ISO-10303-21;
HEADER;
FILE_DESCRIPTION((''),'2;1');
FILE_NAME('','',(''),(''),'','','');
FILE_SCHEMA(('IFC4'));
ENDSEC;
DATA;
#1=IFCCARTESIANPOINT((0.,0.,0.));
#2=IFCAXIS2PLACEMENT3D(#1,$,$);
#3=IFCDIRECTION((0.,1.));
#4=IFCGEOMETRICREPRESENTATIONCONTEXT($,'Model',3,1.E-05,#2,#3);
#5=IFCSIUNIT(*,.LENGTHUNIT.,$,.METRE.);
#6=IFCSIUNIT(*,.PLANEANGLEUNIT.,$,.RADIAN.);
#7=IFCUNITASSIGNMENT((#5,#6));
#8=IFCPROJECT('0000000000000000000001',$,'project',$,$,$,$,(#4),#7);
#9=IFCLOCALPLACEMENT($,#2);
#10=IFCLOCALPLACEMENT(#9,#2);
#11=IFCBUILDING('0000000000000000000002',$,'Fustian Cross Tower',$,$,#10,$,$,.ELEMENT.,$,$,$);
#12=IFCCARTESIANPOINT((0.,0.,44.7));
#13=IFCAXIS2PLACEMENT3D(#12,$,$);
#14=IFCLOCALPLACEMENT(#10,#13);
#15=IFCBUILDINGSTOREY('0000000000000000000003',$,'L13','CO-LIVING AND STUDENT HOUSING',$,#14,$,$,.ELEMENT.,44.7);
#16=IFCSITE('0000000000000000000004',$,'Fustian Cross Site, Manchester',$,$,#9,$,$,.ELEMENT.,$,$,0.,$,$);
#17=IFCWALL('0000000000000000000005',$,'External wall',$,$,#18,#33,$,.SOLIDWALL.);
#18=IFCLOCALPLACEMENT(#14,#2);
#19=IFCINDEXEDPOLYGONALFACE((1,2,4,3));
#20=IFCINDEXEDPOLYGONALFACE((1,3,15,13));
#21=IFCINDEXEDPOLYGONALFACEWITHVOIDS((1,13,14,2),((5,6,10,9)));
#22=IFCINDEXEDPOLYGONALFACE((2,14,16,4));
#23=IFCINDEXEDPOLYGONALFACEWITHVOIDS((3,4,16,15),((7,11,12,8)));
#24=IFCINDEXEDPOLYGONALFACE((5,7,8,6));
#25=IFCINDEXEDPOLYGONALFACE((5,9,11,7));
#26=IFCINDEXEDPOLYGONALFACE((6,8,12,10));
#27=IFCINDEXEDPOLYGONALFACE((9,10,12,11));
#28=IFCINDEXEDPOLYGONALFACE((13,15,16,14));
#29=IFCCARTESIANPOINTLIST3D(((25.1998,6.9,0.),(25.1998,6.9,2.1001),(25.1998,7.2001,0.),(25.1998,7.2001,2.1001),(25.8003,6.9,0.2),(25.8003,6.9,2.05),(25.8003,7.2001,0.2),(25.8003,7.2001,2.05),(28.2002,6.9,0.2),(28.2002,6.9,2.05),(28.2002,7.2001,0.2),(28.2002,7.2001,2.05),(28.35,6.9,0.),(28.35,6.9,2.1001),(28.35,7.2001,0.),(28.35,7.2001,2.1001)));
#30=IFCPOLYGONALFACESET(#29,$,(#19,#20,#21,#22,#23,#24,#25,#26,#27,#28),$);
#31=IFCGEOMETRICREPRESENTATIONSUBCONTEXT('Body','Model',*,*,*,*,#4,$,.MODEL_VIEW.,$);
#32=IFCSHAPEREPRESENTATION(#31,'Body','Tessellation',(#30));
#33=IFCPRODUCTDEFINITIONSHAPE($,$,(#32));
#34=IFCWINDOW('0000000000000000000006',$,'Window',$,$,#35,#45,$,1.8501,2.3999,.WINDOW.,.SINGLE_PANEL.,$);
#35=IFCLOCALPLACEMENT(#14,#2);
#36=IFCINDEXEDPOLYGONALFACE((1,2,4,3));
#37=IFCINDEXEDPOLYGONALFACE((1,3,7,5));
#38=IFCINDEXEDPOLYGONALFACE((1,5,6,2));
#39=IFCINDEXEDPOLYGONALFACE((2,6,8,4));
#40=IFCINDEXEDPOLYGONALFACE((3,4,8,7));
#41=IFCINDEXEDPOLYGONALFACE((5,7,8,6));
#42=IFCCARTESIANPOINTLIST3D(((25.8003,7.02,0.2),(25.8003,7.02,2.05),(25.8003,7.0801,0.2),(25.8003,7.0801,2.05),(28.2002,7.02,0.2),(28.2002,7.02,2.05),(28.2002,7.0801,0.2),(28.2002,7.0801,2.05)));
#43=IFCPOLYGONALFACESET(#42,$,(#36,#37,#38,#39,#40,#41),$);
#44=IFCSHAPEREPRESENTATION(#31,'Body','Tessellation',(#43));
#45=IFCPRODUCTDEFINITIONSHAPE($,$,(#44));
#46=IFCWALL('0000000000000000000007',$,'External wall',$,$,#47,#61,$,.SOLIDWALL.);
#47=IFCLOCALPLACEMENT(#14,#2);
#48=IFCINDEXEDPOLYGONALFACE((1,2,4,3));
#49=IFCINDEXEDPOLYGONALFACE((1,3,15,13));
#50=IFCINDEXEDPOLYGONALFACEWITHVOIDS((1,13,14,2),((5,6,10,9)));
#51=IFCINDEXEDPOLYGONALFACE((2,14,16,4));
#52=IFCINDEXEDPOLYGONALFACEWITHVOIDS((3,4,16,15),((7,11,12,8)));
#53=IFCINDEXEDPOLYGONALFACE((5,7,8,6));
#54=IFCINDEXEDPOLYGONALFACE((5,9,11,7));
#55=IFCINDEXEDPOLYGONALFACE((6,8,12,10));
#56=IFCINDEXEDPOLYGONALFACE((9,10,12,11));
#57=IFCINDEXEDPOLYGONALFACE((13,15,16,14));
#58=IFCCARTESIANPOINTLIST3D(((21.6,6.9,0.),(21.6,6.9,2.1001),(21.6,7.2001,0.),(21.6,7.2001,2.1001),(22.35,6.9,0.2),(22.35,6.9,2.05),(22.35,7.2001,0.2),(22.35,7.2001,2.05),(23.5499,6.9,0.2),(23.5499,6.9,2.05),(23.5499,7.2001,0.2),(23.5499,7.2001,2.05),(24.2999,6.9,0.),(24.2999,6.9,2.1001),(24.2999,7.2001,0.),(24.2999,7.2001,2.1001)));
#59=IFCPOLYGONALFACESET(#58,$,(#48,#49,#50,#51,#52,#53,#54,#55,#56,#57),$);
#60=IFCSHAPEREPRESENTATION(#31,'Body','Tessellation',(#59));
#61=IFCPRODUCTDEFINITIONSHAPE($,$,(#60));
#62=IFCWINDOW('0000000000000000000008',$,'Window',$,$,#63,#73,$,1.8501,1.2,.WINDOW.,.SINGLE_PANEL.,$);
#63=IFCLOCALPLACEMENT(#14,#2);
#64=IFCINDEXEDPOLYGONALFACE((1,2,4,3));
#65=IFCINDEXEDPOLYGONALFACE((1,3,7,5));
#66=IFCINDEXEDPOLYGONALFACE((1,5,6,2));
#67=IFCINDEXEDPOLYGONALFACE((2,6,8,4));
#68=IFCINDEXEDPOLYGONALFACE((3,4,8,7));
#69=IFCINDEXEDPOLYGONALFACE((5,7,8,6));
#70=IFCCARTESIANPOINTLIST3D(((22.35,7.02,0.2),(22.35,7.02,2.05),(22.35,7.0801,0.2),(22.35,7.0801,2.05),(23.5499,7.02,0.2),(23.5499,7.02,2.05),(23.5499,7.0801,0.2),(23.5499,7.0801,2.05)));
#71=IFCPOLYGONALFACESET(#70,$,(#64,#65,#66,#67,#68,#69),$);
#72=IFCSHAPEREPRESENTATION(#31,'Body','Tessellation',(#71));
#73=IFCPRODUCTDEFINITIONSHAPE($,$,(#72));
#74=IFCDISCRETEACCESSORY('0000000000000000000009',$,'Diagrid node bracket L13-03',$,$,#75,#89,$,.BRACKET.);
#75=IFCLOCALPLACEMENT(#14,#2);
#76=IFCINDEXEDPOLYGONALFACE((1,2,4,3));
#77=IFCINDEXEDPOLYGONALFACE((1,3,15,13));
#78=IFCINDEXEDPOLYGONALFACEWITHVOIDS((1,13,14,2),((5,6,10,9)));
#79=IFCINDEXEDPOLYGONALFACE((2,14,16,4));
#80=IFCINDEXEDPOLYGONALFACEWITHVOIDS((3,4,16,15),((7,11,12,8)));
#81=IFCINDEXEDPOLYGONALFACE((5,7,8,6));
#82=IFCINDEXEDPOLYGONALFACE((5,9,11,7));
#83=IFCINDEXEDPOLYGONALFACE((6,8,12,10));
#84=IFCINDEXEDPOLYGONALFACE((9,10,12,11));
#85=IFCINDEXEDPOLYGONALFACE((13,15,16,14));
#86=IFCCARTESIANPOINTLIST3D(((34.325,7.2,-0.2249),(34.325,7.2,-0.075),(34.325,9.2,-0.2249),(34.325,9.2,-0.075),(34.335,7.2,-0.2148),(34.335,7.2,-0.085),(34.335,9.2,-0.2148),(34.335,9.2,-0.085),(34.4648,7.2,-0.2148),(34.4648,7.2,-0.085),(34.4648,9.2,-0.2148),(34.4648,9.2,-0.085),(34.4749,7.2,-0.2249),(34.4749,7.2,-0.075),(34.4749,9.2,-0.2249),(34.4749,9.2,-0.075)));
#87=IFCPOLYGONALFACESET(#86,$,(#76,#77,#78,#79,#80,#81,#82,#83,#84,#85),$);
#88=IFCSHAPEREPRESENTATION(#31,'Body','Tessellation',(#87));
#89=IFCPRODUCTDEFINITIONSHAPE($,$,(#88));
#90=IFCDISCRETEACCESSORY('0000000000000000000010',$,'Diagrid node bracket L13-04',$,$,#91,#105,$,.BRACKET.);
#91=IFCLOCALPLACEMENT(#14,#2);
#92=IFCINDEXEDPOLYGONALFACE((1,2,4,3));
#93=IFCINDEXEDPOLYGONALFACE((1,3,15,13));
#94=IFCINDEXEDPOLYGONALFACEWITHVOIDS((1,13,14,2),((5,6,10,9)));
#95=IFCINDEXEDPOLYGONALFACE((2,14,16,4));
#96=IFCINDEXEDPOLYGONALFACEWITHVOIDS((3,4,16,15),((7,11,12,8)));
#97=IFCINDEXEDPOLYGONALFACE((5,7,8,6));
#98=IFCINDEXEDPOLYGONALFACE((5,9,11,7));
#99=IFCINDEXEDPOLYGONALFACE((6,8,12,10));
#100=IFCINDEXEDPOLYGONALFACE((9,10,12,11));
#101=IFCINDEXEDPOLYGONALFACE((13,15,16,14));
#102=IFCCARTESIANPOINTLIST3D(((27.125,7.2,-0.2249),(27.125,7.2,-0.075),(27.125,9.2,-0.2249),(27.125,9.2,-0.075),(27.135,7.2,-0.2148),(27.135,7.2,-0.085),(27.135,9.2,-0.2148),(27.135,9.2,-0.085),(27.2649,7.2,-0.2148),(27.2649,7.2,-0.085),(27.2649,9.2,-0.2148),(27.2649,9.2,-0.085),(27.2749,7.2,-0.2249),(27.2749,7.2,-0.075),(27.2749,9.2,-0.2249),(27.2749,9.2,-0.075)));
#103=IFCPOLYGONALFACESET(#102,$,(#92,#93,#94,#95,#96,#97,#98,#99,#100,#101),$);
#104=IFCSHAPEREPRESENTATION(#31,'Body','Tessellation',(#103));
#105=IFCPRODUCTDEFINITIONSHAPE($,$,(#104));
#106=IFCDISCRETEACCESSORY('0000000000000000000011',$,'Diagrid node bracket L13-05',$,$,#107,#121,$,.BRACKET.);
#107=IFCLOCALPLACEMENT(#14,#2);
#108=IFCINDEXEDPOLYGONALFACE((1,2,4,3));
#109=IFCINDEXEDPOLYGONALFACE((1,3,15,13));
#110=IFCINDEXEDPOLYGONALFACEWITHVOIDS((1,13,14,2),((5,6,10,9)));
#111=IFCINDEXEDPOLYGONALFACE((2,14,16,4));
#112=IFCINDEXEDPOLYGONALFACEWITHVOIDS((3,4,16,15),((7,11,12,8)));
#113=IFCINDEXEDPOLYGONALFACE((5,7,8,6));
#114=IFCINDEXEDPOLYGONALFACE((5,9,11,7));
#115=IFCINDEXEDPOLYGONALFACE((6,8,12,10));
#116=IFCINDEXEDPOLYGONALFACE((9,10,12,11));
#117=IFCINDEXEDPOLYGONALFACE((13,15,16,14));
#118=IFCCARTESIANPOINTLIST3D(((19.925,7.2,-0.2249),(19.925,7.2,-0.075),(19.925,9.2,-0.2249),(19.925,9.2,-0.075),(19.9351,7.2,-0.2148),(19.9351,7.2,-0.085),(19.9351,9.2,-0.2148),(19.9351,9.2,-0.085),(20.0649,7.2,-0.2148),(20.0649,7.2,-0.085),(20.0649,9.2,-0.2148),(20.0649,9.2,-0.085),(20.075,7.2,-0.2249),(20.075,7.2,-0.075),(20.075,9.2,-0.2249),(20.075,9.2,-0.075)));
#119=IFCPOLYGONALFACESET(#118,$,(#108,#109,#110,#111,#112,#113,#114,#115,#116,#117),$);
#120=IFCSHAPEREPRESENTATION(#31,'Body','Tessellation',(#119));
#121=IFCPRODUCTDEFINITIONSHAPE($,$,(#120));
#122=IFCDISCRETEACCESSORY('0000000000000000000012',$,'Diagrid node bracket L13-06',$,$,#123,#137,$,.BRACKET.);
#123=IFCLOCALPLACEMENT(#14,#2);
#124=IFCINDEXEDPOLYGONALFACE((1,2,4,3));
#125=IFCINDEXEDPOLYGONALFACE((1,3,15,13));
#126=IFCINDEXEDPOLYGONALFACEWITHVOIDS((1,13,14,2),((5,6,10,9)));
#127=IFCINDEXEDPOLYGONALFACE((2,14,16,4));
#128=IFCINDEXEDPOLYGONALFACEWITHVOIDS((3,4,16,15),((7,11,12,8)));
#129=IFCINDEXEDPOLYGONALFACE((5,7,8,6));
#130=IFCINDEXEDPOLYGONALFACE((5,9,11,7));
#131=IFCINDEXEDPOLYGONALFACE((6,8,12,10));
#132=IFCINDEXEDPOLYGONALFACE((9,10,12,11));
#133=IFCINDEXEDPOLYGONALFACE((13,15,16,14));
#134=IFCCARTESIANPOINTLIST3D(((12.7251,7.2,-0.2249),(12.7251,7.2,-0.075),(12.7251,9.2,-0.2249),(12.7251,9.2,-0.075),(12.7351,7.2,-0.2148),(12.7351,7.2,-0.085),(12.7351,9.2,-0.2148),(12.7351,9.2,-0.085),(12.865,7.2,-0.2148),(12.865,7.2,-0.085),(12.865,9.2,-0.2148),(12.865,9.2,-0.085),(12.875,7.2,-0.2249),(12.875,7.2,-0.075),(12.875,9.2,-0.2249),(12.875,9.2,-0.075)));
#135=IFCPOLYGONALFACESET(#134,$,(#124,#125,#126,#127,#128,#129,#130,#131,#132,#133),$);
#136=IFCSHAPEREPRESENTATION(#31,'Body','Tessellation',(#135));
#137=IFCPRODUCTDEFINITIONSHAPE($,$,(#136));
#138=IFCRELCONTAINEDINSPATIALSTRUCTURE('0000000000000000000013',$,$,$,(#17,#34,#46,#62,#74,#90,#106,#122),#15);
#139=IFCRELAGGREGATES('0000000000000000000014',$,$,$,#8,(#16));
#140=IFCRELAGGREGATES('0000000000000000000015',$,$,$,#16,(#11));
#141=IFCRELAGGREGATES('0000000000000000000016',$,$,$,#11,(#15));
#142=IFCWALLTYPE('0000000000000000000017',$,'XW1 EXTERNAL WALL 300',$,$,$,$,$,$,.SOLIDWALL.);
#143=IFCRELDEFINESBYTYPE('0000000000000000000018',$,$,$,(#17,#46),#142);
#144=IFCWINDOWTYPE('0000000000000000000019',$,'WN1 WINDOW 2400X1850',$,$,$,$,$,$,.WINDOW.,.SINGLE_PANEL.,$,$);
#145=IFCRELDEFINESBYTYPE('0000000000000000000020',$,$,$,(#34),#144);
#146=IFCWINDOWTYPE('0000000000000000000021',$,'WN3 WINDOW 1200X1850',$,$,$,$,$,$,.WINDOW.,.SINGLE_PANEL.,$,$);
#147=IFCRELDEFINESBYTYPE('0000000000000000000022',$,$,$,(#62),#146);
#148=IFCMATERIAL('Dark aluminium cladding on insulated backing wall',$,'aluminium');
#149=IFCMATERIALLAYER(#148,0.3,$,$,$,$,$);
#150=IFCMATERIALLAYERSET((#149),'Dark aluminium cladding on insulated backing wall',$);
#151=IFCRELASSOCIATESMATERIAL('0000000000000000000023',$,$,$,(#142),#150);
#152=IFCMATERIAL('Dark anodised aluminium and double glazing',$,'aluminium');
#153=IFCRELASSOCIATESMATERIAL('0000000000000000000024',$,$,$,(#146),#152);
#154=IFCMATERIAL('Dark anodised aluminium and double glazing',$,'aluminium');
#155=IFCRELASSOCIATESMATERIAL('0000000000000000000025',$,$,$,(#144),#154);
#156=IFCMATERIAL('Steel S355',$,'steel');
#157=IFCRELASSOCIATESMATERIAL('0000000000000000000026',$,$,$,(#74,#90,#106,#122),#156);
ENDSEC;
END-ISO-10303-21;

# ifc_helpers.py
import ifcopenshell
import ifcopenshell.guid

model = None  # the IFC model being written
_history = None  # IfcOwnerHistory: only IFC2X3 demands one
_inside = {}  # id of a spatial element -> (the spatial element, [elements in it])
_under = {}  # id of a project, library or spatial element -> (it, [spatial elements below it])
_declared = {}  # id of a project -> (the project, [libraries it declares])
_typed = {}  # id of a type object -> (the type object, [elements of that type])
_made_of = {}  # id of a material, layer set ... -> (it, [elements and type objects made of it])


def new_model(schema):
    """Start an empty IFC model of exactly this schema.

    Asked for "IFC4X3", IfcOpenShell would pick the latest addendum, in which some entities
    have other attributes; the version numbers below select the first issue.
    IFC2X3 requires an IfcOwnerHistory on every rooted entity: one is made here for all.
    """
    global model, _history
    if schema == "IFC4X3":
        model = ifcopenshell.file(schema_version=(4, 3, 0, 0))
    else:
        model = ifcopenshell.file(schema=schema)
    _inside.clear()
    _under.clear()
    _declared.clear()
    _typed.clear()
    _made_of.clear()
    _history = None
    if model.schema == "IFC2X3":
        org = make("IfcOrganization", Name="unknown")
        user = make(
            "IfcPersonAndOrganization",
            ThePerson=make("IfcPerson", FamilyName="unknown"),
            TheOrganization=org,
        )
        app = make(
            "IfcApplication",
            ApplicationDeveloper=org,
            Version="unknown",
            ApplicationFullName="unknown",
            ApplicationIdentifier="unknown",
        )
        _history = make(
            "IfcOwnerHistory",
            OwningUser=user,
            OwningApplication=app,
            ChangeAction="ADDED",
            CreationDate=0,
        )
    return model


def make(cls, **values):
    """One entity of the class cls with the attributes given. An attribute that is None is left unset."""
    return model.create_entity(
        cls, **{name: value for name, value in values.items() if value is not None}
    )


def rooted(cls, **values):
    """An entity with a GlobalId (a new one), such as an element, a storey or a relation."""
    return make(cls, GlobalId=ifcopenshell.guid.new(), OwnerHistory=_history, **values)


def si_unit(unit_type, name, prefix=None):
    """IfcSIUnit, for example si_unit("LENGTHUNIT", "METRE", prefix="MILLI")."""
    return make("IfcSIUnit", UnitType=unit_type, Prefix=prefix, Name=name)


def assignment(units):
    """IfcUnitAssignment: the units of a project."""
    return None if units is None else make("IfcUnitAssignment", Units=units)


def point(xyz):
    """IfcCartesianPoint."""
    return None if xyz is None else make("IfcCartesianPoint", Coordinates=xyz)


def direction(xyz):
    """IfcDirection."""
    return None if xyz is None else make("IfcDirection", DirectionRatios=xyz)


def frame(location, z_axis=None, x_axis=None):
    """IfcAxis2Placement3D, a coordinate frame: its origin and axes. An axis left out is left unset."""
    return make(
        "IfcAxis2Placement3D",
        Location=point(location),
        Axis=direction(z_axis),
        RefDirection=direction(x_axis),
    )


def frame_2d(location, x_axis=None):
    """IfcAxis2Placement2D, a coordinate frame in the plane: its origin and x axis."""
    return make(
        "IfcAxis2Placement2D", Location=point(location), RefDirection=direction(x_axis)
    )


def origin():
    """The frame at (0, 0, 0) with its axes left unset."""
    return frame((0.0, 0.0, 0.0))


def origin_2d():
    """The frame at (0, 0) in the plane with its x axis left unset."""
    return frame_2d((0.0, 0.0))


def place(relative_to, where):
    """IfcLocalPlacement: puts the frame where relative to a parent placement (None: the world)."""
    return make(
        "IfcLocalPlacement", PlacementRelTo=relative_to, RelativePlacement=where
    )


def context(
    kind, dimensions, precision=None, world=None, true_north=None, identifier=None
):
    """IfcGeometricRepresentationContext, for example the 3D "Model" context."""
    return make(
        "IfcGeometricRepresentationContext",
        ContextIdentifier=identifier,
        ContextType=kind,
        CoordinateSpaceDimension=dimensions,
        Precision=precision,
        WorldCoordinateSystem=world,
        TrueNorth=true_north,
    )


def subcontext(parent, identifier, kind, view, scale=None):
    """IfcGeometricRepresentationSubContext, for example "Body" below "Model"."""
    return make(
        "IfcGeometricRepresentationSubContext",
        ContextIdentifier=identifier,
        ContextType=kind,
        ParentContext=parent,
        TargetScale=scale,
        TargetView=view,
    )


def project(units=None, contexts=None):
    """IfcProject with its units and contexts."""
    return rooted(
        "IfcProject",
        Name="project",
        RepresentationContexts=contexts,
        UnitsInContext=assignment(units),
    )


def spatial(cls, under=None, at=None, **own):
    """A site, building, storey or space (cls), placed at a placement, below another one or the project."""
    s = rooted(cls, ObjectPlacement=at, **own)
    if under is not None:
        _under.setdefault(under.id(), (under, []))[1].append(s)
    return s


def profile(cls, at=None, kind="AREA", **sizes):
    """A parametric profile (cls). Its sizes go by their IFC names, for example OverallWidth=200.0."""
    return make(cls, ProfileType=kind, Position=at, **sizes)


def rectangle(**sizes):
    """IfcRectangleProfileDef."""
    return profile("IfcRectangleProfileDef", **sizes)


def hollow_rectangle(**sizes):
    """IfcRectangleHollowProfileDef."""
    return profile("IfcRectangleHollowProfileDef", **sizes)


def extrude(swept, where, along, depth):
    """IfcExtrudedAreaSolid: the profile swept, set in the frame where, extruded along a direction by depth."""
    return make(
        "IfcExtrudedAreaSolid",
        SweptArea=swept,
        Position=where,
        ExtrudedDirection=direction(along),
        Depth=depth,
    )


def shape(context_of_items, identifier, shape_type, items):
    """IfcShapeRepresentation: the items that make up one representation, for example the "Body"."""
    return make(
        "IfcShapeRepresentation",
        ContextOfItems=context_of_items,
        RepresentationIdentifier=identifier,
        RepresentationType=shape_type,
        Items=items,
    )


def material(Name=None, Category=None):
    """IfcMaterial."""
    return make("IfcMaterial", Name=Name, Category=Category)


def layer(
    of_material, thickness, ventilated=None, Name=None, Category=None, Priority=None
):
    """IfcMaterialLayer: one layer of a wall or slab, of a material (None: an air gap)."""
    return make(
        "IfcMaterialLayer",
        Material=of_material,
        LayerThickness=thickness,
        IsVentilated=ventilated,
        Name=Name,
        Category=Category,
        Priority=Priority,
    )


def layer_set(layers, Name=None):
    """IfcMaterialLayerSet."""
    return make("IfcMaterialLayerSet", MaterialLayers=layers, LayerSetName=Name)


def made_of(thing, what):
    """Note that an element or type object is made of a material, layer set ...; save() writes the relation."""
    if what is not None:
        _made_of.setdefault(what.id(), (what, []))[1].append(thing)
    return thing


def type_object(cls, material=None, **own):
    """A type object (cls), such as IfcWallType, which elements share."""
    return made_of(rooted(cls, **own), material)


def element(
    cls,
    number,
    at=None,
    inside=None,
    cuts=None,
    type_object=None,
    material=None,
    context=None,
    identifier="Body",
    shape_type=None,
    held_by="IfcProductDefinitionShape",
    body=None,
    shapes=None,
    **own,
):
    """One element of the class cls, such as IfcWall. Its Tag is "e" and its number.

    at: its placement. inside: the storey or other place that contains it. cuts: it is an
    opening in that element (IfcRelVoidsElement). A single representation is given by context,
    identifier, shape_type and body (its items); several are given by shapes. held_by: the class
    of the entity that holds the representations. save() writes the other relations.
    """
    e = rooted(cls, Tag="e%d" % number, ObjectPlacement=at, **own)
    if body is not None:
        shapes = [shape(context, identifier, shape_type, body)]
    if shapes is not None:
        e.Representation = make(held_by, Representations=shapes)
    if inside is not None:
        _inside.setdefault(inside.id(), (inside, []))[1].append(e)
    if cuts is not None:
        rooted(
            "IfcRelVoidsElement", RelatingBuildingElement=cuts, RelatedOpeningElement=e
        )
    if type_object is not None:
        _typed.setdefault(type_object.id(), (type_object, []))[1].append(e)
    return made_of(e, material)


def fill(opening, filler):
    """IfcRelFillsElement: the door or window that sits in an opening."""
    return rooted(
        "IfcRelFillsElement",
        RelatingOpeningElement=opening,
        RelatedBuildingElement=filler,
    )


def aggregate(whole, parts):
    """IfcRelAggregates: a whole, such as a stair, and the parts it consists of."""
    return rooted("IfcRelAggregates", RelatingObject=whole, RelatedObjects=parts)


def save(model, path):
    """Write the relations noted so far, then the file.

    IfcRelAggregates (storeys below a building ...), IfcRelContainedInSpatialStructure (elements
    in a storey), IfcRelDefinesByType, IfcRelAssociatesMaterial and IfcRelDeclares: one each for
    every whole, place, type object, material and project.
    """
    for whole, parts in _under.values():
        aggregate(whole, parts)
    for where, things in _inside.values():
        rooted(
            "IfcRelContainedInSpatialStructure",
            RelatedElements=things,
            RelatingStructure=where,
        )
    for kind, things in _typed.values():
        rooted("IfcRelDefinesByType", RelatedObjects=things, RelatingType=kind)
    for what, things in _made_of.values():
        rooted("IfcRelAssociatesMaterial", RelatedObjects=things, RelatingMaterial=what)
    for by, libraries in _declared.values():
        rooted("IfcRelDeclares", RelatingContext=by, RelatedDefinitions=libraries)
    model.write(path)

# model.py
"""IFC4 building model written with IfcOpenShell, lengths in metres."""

from ifc_helpers import new_model, si_unit, direction, frame, frame_2d, origin, origin_2d, place, context, subcontext, project, spatial, rectangle, hollow_rectangle, extrude, material, layer, layer_set, type_object, element, fill, save


model = new_model("IFC4")

# Units and contexts
model_context = context("Model", 3, precision=1e-05, world=origin(), true_north=direction((0.0, 1.0)))
body_context = subcontext(model_context, "Body", "Model", "MODEL_VIEW")
ifc_project = project(units=[si_unit("LENGTHUNIT", "METRE"), si_unit("PLANEANGLEUNIT", "RADIAN")], contexts=[model_context])

# Site, building, storey
site_placement = place(None, origin())
site = spatial("IfcSite", under=ifc_project, at=site_placement, Name="Fustian Cross Site, Manchester", CompositionType="ELEMENT", RefElevation=0.0)
building_placement = place(site_placement, origin())
building = spatial("IfcBuilding", under=site, at=building_placement, Name="Fustian Cross Tower", CompositionType="ELEMENT")
storey_placement = place(building_placement, frame((0.0, 0.0, 44.7)))
storey = spatial("IfcBuildingStorey", under=building, at=storey_placement, Name="L13", Description="CO-LIVING AND STUDENT HOUSING", CompositionType="ELEMENT", Elevation=44.7)

# Shared definitions
ifc_material_1 = material(Name="Dark aluminium cladding on insulated backing wall", Category="aluminium")
ifc_layer = layer(ifc_material_1, 0.3)
ifc_layer_set = layer_set([ifc_layer], Name="Dark aluminium cladding on insulated backing wall")
wall_type = type_object("IfcWallType", Name="XW1 EXTERNAL WALL 300", PredefinedType="SOLIDWALL", material=ifc_layer_set)
ifc_material_2 = material(Name="Dark anodised aluminium and double glazing", Category="aluminium")
window_type_1 = type_object("IfcWindowType", Name="WN3 WINDOW 1200X1850", PartitioningType="SINGLE_PANEL", PredefinedType="WINDOW", material=ifc_material_2)

# Shared definitions
ifc_material_3 = material(Name="Dark anodised aluminium and double glazing", Category="aluminium")
window_type_2 = type_object("IfcWindowType", Name="WN1 WINDOW 2400X1850", PartitioningType="SINGLE_PANEL", PredefinedType="WINDOW", material=ifc_material_3)

# Walls, openings, windows
wall_1_placement = place(storey_placement, frame((28.3501, 7.05, 0.0), z_axis=(0.0, 0.0, 1.0), x_axis=(-1.0, 0.0, 0.0)))
wall_1 = element("IfcWall", 1, at=wall_1_placement, inside=storey, type_object=wall_type, Name="External wall", PredefinedType="SOLIDWALL", context=body_context, shape_type="SweptSolid", body=[
    extrude(rectangle(XDim=3.1501, YDim=0.3, at=frame_2d((1.5752, 0.0))), origin(), (0.0, 0.0, 1.0), 2.1001),
])
opening_1_placement = place(wall_1_placement, frame((0.1499, 0.0, 0.2)))
opening_1 = element("IfcOpeningElement", 2, at=opening_1_placement, cuts=wall_1, PredefinedType="OPENING", context=body_context, shape_type="SweptSolid", body=[
    extrude(rectangle(XDim=2.3999, YDim=1.8501, at=frame_2d((1.2, 0.925))), frame((0.0, 0.1599, 0.0), z_axis=(0.0, -1.0, 0.0), x_axis=(1.0, 0.0, 0.0)), (0.0, 0.0, 1.0), 0.3201),
])
window_1_placement = place(opening_1_placement, origin())
window_1 = element("IfcWindow", 3, at=window_1_placement, inside=storey, type_object=window_type_2, Name="Window", OverallHeight=1.8501, OverallWidth=2.3999, PartitioningType="SINGLE_PANEL", PredefinedType="WINDOW", context=body_context, shape_type="SweptSolid", body=[
    extrude(rectangle(XDim=2.3999, YDim=1.8501, at=frame_2d((1.2, 0.925))), frame((0.0, 0.03, 0.0), z_axis=(0.0, -1.0, 0.0), x_axis=(1.0, 0.0, 0.0)), (0.0, 0.0, 1.0), 0.0601),
])
fill(opening_1, window_1)
wall_2_placement = place(storey_placement, frame((24.3, 7.05, 0.0), z_axis=(0.0, 0.0, 1.0), x_axis=(-1.0, 0.0, 0.0)))
wall_2 = element("IfcWall", 4, at=wall_2_placement, inside=storey, type_object=wall_type, Name="External wall", PredefinedType="SOLIDWALL", context=body_context, shape_type="SweptSolid", body=[
    extrude(rectangle(XDim=2.7, YDim=0.3, at=frame_2d((1.3501, 0.0))), origin(), (0.0, 0.0, 1.0), 2.1001),
])
opening_2_placement = place(wall_2_placement, frame((0.75, 0.0, 0.2)))
opening_2 = element("IfcOpeningElement", 5, at=opening_2_placement, cuts=wall_2, PredefinedType="OPENING", context=body_context, shape_type="SweptSolid", body=[
    extrude(rectangle(XDim=1.2, YDim=1.8501, at=frame_2d((0.6001, 0.925))), frame((0.0, 0.1599, 0.0), z_axis=(0.0, -1.0, 0.0), x_axis=(1.0, 0.0, 0.0)), (0.0, 0.0, 1.0), 0.3201),
])
window_2_placement = place(opening_2_placement, origin())
window_2 = element("IfcWindow", 6, at=window_2_placement, inside=storey, type_object=window_type_1, Name="Window", OverallHeight=1.8501, OverallWidth=1.2, PartitioningType="SINGLE_PANEL", PredefinedType="WINDOW", context=body_context, shape_type="SweptSolid", body=[
    extrude(rectangle(XDim=1.2, YDim=1.8501, at=frame_2d((0.6001, 0.925))), frame((0.0, 0.03, 0.0), z_axis=(0.0, -1.0, 0.0), x_axis=(1.0, 0.0, 0.0)), (0.0, 0.0, 1.0), 0.0601),
])
fill(opening_2, window_2)

# Discrete accessories
ifc_material_4 = material(Name="Steel S355", Category="steel")
for number, where, z_axis, x_axis, name in (
    (7, (34.3999, 9.2, -0.1499), (0.0, -1.0, 0.0), (1.0, 0.0, 0.0), "Diagrid node bracket L13-03"),
    (8, (27.2, 9.2, -0.1499), (0.0, -1.0, 0.0), (1.0, 0.0, 0.0), "Diagrid node bracket L13-04"),
    (9, (20.0, 9.2, -0.1499), (0.0, -1.0, 0.0), (1.0, 0.0, 0.0), "Diagrid node bracket L13-05"),
    (10, (12.8, 9.2, -0.1499), (0.0, -1.0, 0.0), (1.0, 0.0, 0.0), "Diagrid node bracket L13-06"),
):
    element("IfcDiscreteAccessory", number, at=place(storey_placement, frame(where, z_axis=z_axis, x_axis=x_axis)), inside=storey, material=ifc_material_4, Name=name, PredefinedType="BRACKET", context=body_context, shape_type="SweptSolid", body=[
        extrude(hollow_rectangle(XDim=0.1499, YDim=0.1499, WallThickness=0.01, at=origin_2d()), origin(), (0.0, 0.0, 1.0), 2.0),
    ])

save(model, "model.ifc")
